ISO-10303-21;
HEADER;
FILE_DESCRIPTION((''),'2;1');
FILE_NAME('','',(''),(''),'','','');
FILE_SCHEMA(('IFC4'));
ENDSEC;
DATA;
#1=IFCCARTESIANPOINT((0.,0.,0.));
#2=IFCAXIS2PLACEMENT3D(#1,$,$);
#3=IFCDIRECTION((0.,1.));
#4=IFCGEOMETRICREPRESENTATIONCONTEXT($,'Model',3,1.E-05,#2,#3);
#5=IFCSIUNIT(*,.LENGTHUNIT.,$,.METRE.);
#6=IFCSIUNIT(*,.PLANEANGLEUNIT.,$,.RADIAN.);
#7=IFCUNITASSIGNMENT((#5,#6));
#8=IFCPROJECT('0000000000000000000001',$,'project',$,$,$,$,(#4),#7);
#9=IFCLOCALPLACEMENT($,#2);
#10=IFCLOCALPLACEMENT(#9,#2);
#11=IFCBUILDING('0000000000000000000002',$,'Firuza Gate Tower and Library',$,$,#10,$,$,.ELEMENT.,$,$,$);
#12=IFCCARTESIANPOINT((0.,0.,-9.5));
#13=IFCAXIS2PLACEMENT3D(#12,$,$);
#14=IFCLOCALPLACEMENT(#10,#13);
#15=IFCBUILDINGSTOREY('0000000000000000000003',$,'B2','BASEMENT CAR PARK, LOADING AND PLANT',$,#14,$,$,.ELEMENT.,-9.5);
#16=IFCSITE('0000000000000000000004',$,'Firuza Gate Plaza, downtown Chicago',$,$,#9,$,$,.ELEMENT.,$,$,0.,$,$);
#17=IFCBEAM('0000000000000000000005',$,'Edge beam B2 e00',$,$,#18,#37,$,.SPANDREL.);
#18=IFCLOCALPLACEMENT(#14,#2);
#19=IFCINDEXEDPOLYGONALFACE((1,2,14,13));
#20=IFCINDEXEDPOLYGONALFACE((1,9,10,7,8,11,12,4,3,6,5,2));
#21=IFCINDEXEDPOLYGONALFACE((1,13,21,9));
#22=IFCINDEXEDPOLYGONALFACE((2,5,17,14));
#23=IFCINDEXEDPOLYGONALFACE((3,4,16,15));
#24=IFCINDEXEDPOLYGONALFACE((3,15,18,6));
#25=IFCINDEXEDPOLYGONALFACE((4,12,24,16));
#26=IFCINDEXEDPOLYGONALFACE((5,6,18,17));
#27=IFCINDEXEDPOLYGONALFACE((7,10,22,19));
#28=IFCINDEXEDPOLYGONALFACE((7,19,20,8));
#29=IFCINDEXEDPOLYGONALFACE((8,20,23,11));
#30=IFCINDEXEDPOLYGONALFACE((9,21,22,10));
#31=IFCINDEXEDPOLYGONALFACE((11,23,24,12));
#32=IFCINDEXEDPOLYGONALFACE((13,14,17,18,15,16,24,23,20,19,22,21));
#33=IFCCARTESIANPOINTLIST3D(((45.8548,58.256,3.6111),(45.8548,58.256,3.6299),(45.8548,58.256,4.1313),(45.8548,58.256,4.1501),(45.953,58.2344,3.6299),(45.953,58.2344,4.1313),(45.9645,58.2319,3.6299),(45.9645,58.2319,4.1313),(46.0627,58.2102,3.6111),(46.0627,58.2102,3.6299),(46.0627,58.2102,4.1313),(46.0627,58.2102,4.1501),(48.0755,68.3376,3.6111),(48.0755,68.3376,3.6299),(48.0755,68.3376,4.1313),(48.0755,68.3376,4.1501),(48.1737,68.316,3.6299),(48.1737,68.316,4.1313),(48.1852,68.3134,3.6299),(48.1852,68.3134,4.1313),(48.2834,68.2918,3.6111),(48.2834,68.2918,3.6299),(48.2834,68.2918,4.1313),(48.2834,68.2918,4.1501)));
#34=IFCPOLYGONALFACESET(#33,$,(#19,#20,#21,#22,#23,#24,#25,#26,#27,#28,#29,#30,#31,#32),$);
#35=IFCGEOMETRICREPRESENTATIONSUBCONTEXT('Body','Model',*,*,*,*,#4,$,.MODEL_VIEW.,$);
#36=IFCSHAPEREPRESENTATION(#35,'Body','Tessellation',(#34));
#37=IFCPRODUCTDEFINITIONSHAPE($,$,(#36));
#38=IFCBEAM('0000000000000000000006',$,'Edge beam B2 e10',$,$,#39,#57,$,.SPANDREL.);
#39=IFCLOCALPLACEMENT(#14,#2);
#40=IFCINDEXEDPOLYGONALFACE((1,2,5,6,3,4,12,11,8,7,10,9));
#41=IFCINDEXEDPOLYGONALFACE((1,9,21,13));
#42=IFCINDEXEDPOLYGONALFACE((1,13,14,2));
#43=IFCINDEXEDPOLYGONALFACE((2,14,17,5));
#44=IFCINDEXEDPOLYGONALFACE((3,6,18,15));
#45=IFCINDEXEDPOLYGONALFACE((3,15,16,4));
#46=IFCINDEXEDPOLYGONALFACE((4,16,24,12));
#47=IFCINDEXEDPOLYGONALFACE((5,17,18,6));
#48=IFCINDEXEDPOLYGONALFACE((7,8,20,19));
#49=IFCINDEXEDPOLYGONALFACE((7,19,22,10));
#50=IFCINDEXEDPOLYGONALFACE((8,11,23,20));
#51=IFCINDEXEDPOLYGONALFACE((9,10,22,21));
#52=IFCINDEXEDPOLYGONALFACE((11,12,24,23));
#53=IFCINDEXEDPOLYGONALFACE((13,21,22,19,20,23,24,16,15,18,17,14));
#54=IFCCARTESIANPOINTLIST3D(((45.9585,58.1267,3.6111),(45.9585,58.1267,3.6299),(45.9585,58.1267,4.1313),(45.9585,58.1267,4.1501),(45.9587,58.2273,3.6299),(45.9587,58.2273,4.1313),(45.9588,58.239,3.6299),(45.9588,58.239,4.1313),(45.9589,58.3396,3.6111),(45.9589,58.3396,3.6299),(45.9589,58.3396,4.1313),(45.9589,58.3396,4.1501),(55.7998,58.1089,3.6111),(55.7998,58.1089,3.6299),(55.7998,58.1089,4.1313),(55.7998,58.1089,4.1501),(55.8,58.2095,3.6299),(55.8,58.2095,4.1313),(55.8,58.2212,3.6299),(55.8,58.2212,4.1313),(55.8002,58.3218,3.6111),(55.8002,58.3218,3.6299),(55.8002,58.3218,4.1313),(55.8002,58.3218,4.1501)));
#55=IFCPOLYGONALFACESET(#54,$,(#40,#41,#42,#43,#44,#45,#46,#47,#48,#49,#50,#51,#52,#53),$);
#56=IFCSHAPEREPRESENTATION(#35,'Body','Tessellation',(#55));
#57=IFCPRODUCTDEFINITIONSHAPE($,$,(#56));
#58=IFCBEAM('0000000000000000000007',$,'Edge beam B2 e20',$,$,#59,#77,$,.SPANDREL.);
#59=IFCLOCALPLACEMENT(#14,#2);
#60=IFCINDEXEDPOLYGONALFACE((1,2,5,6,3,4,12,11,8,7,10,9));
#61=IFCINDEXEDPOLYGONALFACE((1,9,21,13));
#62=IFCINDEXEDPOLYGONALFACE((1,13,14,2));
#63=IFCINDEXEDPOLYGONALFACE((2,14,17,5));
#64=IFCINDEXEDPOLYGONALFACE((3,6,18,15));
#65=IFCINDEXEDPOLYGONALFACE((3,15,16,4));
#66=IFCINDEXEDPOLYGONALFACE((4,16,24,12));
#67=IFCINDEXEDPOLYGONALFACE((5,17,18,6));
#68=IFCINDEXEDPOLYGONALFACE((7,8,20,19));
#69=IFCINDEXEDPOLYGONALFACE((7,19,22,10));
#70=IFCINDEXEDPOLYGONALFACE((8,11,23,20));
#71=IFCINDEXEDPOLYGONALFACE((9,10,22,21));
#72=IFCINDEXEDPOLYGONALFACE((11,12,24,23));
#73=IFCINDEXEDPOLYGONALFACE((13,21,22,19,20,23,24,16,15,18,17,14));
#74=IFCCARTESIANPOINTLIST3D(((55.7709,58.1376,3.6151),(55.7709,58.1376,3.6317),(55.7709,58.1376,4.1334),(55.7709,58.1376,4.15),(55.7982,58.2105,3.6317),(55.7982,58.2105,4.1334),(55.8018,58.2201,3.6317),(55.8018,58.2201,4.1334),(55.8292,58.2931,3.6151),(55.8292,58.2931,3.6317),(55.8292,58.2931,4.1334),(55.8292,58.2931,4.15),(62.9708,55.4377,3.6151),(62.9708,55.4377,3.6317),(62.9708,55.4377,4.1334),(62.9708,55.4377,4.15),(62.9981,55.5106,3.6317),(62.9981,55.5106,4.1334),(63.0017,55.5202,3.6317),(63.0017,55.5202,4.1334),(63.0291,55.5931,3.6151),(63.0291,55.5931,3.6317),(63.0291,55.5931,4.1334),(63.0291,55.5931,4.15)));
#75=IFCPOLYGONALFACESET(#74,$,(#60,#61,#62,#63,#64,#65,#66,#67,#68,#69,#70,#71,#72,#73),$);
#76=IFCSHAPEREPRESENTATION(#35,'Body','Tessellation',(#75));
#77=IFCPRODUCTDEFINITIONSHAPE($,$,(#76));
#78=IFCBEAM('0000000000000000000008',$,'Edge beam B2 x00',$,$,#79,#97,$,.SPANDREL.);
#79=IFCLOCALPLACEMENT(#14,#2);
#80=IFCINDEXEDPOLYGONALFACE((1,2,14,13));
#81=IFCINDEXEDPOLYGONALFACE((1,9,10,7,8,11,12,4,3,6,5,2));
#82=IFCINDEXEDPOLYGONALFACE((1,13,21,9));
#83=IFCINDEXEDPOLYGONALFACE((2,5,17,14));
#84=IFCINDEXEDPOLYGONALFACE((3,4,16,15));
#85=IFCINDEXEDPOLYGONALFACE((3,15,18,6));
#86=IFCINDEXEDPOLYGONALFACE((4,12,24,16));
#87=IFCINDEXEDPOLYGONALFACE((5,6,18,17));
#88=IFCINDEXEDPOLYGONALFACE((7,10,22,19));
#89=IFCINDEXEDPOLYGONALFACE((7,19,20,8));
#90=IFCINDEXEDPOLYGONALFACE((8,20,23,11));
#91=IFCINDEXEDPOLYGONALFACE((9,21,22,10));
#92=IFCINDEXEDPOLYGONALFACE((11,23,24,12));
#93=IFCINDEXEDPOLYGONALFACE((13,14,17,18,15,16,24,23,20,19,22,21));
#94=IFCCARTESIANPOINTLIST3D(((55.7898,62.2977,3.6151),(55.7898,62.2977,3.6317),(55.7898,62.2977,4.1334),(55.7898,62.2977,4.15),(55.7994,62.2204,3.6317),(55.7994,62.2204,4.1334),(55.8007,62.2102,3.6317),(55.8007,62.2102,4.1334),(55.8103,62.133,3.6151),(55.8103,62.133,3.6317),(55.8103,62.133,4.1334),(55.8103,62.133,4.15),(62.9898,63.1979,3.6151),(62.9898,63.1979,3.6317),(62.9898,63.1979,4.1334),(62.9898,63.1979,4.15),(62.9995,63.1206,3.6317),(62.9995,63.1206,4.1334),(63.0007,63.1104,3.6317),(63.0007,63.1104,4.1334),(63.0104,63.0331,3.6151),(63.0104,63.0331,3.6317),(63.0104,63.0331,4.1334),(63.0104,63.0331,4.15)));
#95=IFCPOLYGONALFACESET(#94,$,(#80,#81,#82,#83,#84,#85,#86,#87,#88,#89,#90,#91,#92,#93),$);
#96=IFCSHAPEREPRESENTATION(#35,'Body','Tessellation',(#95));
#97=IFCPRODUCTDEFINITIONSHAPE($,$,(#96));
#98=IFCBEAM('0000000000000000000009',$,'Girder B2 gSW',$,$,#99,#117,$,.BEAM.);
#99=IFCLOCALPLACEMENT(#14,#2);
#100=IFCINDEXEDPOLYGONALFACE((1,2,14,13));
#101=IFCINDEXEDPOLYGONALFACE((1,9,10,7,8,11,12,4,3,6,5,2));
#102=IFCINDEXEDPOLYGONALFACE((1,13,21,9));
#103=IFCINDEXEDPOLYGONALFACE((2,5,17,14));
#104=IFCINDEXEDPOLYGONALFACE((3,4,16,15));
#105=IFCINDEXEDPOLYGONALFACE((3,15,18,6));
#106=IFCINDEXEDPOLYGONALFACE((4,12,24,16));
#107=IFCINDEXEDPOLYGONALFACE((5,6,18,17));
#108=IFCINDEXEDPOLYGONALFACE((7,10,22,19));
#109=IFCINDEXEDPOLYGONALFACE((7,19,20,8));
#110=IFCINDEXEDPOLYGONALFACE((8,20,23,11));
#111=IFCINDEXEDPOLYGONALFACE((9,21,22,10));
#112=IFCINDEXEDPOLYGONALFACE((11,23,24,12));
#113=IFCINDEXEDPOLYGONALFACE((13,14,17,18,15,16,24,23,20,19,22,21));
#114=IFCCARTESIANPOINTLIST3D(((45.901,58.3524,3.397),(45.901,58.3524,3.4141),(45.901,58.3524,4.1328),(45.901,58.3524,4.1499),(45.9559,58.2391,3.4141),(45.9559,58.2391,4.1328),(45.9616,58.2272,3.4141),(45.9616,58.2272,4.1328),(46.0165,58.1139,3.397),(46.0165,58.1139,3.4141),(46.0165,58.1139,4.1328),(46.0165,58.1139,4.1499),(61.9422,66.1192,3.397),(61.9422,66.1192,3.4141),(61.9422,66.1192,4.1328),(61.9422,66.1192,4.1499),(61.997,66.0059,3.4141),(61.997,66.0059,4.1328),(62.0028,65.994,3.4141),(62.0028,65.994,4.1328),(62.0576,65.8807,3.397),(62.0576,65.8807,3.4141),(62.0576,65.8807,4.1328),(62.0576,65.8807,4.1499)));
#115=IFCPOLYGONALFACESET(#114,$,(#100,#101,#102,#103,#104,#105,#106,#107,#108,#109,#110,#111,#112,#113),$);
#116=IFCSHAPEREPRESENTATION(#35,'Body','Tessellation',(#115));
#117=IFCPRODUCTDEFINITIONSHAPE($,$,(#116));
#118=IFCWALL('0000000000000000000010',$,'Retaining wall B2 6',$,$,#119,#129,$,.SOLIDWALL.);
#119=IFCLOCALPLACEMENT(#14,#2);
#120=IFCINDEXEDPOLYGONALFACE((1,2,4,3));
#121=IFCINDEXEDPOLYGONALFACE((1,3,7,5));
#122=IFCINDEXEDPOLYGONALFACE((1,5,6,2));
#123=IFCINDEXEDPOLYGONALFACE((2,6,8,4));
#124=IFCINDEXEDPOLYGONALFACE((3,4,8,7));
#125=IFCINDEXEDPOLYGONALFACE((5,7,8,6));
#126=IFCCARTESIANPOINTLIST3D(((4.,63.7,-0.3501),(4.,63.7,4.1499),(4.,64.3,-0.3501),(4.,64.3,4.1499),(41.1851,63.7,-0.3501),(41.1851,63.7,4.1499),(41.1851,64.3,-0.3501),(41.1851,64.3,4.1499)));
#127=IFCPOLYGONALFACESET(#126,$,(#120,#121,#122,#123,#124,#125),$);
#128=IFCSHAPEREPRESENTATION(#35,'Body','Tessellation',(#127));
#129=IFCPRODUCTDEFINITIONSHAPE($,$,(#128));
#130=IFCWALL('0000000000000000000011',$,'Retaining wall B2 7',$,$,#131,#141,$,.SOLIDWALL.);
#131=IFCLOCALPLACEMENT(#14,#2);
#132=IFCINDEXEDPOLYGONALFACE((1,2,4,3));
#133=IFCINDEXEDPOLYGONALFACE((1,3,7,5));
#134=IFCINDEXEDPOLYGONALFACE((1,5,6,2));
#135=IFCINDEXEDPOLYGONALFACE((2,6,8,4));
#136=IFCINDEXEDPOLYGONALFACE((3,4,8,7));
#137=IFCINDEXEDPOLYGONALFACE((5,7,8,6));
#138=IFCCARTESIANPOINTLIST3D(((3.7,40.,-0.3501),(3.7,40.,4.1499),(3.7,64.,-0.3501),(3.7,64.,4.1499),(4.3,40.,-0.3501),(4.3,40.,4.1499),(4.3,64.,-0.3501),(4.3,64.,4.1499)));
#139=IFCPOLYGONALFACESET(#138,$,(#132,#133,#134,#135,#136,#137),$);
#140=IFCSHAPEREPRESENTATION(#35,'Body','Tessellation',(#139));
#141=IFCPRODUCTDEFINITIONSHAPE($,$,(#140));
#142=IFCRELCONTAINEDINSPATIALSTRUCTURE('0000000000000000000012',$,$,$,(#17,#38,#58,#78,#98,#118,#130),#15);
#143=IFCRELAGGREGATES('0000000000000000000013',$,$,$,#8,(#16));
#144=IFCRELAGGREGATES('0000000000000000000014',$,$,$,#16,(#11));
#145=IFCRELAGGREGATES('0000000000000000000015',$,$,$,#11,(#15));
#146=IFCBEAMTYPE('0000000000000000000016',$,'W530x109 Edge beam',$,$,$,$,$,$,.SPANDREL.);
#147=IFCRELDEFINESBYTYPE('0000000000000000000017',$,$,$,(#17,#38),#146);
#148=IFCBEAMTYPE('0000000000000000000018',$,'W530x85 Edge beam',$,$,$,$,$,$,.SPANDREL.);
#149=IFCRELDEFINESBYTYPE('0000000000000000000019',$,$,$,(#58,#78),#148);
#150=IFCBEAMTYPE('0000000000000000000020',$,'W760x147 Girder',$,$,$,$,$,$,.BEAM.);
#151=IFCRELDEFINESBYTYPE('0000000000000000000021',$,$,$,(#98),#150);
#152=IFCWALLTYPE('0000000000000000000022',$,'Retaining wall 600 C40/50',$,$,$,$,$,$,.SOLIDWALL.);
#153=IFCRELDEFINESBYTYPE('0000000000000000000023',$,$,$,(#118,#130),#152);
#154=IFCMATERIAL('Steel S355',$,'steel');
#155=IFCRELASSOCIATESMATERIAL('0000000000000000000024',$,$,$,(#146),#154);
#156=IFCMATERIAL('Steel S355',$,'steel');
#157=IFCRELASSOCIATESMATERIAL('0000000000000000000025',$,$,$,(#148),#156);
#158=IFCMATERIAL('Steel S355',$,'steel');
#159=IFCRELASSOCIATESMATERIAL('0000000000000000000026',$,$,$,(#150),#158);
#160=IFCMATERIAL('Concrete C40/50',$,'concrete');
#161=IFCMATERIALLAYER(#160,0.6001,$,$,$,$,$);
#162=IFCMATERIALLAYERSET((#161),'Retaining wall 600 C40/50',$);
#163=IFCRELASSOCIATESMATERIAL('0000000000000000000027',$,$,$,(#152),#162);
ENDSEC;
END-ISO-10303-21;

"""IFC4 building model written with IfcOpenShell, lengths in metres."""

from ifc_helpers import new_model, si_unit, direction, frame, frame_2d, origin, origin_2d, place, context, subcontext, project, spatial, rectangle, i_section, extrude, material, layer, layer_set, material_profile, profile_set, type_object, element, save


model = new_model("IFC4")

# Units and contexts
model_context = context("Model", 3, precision=1e-05, world=origin(), true_north=direction((0.0, 1.0)))
body_context = subcontext(model_context, "Body", "Model", "MODEL_VIEW")
ifc_project = project(units=[si_unit("LENGTHUNIT", "METRE"), si_unit("PLANEANGLEUNIT", "RADIAN")], contexts=[model_context])

# Site, building, storey
site_placement = place(None, origin())
site = spatial("IfcSite", under=ifc_project, at=site_placement, Name="Firuza Gate Plaza, downtown Chicago", CompositionType="ELEMENT", RefElevation=0.0)
building_placement = place(site_placement, origin())
building = spatial("IfcBuilding", under=site, at=building_placement, Name="Firuza Gate Tower and Library", CompositionType="ELEMENT")
storey_placement = place(building_placement, frame((0.0, 0.0, -9.5)))
storey = spatial("IfcBuildingStorey", under=building, at=storey_placement, Name="B2", Description="BASEMENT CAR PARK, LOADING AND PLANT", CompositionType="ELEMENT", Elevation=-9.5)

# Beams
ifc_material_1 = material(Name="Steel S355", Category="steel")
ifc_material_profile_1 = material_profile(ifc_material_1, i_section(OverallWidth=0.2129, OverallDepth=0.5391, WebThickness=0.0117, FlangeThickness=0.0188, at=origin_2d()))
ifc_profile_set_1 = profile_set([ifc_material_profile_1], Name="Steel S355")
beam_type_1 = type_object("IfcBeamType", Name="W530x109 Edge beam", PredefinedType="SPANDREL", material=ifc_profile_set_1)
beam_1_placement = place(storey_placement, frame((48.1794, 68.3147, 3.8806), z_axis=(-0.215117, -0.976588, 0.0), x_axis=(0.976588, -0.215117, 0.0)))
element("IfcBeam", 1, at=beam_1_placement, inside=storey, type_object=beam_type_1, Name="Edge beam B2 e00", PredefinedType="SPANDREL", context=body_context, shape_type="SweptSolid", body=[
    extrude(i_section(OverallWidth=0.2129, OverallDepth=0.5391, WebThickness=0.0117, FlangeThickness=0.0188, at=origin_2d()), origin(), (0.0, 0.0, 1.0), 10.3232),
])
beam_2_placement = place(storey_placement, frame((45.9587, 58.2332, 3.8806), z_axis=(0.999998, -0.001811, 0.0), x_axis=(0.001811, 0.999998, 0.0)))
element("IfcBeam", 2, at=beam_2_placement, inside=storey, type_object=beam_type_1, Name="Edge beam B2 e10", PredefinedType="SPANDREL", context=body_context, shape_type="SweptSolid", body=[
    extrude(i_section(OverallWidth=0.2129, OverallDepth=0.5391, WebThickness=0.0117, FlangeThickness=0.0188, at=origin_2d()), origin(), (0.0, 0.0, 1.0), 9.8413),
])
ifc_material_2 = material(Name="Steel S355", Category="steel")
ifc_material_profile_2 = material_profile(ifc_material_2, i_section(OverallWidth=0.166, OverallDepth=0.5349, WebThickness=0.0103, FlangeThickness=0.0166, at=origin_2d()))
ifc_profile_set_2 = profile_set([ifc_material_profile_2], Name="Steel S355")
beam_type_2 = type_object("IfcBeamType", Name="W530x85 Edge beam", PredefinedType="SPANDREL", material=ifc_profile_set_2)
beam_3_placement = place(storey_placement, frame((55.8, 58.2153, 3.8826), z_axis=(0.93633, -0.35112, 0.0), x_axis=(0.35112, 0.93633, 0.0)))
element("IfcBeam", 3, at=beam_3_placement, inside=storey, type_object=beam_type_2, Name="Edge beam B2 e20", PredefinedType="SPANDREL", context=body_context, shape_type="SweptSolid", body=[
    extrude(i_section(OverallWidth=0.166, OverallDepth=0.5349, WebThickness=0.0103, FlangeThickness=0.0166, at=origin_2d()), origin(), (0.0, 0.0, 1.0), 7.6895),
])
beam_4_placement = place(storey_placement, frame((55.8, 62.2153, 3.8826), z_axis=(0.992275, 0.124055, 0.0), x_axis=(-0.124055, 0.992275, 0.0)))
element("IfcBeam", 4, at=beam_4_placement, inside=storey, type_object=beam_type_2, Name="Edge beam B2 x00", PredefinedType="SPANDREL", context=body_context, shape_type="SweptSolid", body=[
    extrude(i_section(OverallWidth=0.166, OverallDepth=0.5349, WebThickness=0.0103, FlangeThickness=0.0166, at=origin_2d()), origin(), (0.0, 0.0, 1.0), 7.2561),
])
ifc_material_3 = material(Name="Steel S355", Category="steel")
ifc_material_profile_3 = material_profile(ifc_material_3, i_section(OverallWidth=0.2649, OverallDepth=0.7529, WebThickness=0.0132, FlangeThickness=0.0171, at=origin_2d()))
ifc_profile_set_3 = profile_set([ifc_material_profile_3], Name="Steel S355")
beam_type_3 = type_object("IfcBeamType", Name="W760x147 Girder", PredefinedType="BEAM", material=ifc_profile_set_3)
beam_5_placement = place(storey_placement, frame((45.9587, 58.2332, 3.7734), z_axis=(0.90005, 0.435786, 0.0), x_axis=(-0.435786, 0.90005, 0.0)))
element("IfcBeam", 5, at=beam_5_placement, inside=storey, type_object=beam_type_3, Name="Girder B2 gSW", PredefinedType="BEAM", context=body_context, shape_type="SweptSolid", body=[
    extrude(i_section(OverallWidth=0.2649, OverallDepth=0.7529, WebThickness=0.0132, FlangeThickness=0.0171, at=origin_2d()), origin(), (0.0, 0.0, 1.0), 17.8225),
])

# Walls
ifc_material_4 = material(Name="Concrete C40/50", Category="concrete")
ifc_layer = layer(ifc_material_4, 0.6001)
ifc_layer_set = layer_set([ifc_layer], Name="Retaining wall 600 C40/50")
wall_type = type_object("IfcWallType", Name="Retaining wall 600 C40/50", PredefinedType="SOLIDWALL", material=ifc_layer_set)
wall_1_placement = place(storey_placement, frame((41.1851, 64.0, -0.3501), z_axis=(0.0, 0.0, 1.0), x_axis=(-1.0, 0.0, 0.0)))
element("IfcWall", 6, at=wall_1_placement, inside=storey, type_object=wall_type, Name="Retaining wall B2 6", PredefinedType="SOLIDWALL", context=body_context, shape_type="SweptSolid", body=[
    extrude(rectangle(XDim=37.1851, YDim=0.6001, at=frame_2d((18.5925, 0.0))), origin(), (0.0, 0.0, 1.0), 4.5),
])
wall_2_placement = place(storey_placement, frame((4.0, 64.0, -0.3501), z_axis=(0.0, 0.0, 1.0), x_axis=(0.0, -1.0, 0.0)))
element("IfcWall", 7, at=wall_2_placement, inside=storey, type_object=wall_type, Name="Retaining wall B2 7", PredefinedType="SOLIDWALL", context=body_context, shape_type="SweptSolid", body=[
    extrude(rectangle(XDim=24.0, YDim=0.6001, at=frame_2d((12.0, 0.0))), origin(), (0.0, 0.0, 1.0), 4.5),
])

save(model, "model.ifc")
